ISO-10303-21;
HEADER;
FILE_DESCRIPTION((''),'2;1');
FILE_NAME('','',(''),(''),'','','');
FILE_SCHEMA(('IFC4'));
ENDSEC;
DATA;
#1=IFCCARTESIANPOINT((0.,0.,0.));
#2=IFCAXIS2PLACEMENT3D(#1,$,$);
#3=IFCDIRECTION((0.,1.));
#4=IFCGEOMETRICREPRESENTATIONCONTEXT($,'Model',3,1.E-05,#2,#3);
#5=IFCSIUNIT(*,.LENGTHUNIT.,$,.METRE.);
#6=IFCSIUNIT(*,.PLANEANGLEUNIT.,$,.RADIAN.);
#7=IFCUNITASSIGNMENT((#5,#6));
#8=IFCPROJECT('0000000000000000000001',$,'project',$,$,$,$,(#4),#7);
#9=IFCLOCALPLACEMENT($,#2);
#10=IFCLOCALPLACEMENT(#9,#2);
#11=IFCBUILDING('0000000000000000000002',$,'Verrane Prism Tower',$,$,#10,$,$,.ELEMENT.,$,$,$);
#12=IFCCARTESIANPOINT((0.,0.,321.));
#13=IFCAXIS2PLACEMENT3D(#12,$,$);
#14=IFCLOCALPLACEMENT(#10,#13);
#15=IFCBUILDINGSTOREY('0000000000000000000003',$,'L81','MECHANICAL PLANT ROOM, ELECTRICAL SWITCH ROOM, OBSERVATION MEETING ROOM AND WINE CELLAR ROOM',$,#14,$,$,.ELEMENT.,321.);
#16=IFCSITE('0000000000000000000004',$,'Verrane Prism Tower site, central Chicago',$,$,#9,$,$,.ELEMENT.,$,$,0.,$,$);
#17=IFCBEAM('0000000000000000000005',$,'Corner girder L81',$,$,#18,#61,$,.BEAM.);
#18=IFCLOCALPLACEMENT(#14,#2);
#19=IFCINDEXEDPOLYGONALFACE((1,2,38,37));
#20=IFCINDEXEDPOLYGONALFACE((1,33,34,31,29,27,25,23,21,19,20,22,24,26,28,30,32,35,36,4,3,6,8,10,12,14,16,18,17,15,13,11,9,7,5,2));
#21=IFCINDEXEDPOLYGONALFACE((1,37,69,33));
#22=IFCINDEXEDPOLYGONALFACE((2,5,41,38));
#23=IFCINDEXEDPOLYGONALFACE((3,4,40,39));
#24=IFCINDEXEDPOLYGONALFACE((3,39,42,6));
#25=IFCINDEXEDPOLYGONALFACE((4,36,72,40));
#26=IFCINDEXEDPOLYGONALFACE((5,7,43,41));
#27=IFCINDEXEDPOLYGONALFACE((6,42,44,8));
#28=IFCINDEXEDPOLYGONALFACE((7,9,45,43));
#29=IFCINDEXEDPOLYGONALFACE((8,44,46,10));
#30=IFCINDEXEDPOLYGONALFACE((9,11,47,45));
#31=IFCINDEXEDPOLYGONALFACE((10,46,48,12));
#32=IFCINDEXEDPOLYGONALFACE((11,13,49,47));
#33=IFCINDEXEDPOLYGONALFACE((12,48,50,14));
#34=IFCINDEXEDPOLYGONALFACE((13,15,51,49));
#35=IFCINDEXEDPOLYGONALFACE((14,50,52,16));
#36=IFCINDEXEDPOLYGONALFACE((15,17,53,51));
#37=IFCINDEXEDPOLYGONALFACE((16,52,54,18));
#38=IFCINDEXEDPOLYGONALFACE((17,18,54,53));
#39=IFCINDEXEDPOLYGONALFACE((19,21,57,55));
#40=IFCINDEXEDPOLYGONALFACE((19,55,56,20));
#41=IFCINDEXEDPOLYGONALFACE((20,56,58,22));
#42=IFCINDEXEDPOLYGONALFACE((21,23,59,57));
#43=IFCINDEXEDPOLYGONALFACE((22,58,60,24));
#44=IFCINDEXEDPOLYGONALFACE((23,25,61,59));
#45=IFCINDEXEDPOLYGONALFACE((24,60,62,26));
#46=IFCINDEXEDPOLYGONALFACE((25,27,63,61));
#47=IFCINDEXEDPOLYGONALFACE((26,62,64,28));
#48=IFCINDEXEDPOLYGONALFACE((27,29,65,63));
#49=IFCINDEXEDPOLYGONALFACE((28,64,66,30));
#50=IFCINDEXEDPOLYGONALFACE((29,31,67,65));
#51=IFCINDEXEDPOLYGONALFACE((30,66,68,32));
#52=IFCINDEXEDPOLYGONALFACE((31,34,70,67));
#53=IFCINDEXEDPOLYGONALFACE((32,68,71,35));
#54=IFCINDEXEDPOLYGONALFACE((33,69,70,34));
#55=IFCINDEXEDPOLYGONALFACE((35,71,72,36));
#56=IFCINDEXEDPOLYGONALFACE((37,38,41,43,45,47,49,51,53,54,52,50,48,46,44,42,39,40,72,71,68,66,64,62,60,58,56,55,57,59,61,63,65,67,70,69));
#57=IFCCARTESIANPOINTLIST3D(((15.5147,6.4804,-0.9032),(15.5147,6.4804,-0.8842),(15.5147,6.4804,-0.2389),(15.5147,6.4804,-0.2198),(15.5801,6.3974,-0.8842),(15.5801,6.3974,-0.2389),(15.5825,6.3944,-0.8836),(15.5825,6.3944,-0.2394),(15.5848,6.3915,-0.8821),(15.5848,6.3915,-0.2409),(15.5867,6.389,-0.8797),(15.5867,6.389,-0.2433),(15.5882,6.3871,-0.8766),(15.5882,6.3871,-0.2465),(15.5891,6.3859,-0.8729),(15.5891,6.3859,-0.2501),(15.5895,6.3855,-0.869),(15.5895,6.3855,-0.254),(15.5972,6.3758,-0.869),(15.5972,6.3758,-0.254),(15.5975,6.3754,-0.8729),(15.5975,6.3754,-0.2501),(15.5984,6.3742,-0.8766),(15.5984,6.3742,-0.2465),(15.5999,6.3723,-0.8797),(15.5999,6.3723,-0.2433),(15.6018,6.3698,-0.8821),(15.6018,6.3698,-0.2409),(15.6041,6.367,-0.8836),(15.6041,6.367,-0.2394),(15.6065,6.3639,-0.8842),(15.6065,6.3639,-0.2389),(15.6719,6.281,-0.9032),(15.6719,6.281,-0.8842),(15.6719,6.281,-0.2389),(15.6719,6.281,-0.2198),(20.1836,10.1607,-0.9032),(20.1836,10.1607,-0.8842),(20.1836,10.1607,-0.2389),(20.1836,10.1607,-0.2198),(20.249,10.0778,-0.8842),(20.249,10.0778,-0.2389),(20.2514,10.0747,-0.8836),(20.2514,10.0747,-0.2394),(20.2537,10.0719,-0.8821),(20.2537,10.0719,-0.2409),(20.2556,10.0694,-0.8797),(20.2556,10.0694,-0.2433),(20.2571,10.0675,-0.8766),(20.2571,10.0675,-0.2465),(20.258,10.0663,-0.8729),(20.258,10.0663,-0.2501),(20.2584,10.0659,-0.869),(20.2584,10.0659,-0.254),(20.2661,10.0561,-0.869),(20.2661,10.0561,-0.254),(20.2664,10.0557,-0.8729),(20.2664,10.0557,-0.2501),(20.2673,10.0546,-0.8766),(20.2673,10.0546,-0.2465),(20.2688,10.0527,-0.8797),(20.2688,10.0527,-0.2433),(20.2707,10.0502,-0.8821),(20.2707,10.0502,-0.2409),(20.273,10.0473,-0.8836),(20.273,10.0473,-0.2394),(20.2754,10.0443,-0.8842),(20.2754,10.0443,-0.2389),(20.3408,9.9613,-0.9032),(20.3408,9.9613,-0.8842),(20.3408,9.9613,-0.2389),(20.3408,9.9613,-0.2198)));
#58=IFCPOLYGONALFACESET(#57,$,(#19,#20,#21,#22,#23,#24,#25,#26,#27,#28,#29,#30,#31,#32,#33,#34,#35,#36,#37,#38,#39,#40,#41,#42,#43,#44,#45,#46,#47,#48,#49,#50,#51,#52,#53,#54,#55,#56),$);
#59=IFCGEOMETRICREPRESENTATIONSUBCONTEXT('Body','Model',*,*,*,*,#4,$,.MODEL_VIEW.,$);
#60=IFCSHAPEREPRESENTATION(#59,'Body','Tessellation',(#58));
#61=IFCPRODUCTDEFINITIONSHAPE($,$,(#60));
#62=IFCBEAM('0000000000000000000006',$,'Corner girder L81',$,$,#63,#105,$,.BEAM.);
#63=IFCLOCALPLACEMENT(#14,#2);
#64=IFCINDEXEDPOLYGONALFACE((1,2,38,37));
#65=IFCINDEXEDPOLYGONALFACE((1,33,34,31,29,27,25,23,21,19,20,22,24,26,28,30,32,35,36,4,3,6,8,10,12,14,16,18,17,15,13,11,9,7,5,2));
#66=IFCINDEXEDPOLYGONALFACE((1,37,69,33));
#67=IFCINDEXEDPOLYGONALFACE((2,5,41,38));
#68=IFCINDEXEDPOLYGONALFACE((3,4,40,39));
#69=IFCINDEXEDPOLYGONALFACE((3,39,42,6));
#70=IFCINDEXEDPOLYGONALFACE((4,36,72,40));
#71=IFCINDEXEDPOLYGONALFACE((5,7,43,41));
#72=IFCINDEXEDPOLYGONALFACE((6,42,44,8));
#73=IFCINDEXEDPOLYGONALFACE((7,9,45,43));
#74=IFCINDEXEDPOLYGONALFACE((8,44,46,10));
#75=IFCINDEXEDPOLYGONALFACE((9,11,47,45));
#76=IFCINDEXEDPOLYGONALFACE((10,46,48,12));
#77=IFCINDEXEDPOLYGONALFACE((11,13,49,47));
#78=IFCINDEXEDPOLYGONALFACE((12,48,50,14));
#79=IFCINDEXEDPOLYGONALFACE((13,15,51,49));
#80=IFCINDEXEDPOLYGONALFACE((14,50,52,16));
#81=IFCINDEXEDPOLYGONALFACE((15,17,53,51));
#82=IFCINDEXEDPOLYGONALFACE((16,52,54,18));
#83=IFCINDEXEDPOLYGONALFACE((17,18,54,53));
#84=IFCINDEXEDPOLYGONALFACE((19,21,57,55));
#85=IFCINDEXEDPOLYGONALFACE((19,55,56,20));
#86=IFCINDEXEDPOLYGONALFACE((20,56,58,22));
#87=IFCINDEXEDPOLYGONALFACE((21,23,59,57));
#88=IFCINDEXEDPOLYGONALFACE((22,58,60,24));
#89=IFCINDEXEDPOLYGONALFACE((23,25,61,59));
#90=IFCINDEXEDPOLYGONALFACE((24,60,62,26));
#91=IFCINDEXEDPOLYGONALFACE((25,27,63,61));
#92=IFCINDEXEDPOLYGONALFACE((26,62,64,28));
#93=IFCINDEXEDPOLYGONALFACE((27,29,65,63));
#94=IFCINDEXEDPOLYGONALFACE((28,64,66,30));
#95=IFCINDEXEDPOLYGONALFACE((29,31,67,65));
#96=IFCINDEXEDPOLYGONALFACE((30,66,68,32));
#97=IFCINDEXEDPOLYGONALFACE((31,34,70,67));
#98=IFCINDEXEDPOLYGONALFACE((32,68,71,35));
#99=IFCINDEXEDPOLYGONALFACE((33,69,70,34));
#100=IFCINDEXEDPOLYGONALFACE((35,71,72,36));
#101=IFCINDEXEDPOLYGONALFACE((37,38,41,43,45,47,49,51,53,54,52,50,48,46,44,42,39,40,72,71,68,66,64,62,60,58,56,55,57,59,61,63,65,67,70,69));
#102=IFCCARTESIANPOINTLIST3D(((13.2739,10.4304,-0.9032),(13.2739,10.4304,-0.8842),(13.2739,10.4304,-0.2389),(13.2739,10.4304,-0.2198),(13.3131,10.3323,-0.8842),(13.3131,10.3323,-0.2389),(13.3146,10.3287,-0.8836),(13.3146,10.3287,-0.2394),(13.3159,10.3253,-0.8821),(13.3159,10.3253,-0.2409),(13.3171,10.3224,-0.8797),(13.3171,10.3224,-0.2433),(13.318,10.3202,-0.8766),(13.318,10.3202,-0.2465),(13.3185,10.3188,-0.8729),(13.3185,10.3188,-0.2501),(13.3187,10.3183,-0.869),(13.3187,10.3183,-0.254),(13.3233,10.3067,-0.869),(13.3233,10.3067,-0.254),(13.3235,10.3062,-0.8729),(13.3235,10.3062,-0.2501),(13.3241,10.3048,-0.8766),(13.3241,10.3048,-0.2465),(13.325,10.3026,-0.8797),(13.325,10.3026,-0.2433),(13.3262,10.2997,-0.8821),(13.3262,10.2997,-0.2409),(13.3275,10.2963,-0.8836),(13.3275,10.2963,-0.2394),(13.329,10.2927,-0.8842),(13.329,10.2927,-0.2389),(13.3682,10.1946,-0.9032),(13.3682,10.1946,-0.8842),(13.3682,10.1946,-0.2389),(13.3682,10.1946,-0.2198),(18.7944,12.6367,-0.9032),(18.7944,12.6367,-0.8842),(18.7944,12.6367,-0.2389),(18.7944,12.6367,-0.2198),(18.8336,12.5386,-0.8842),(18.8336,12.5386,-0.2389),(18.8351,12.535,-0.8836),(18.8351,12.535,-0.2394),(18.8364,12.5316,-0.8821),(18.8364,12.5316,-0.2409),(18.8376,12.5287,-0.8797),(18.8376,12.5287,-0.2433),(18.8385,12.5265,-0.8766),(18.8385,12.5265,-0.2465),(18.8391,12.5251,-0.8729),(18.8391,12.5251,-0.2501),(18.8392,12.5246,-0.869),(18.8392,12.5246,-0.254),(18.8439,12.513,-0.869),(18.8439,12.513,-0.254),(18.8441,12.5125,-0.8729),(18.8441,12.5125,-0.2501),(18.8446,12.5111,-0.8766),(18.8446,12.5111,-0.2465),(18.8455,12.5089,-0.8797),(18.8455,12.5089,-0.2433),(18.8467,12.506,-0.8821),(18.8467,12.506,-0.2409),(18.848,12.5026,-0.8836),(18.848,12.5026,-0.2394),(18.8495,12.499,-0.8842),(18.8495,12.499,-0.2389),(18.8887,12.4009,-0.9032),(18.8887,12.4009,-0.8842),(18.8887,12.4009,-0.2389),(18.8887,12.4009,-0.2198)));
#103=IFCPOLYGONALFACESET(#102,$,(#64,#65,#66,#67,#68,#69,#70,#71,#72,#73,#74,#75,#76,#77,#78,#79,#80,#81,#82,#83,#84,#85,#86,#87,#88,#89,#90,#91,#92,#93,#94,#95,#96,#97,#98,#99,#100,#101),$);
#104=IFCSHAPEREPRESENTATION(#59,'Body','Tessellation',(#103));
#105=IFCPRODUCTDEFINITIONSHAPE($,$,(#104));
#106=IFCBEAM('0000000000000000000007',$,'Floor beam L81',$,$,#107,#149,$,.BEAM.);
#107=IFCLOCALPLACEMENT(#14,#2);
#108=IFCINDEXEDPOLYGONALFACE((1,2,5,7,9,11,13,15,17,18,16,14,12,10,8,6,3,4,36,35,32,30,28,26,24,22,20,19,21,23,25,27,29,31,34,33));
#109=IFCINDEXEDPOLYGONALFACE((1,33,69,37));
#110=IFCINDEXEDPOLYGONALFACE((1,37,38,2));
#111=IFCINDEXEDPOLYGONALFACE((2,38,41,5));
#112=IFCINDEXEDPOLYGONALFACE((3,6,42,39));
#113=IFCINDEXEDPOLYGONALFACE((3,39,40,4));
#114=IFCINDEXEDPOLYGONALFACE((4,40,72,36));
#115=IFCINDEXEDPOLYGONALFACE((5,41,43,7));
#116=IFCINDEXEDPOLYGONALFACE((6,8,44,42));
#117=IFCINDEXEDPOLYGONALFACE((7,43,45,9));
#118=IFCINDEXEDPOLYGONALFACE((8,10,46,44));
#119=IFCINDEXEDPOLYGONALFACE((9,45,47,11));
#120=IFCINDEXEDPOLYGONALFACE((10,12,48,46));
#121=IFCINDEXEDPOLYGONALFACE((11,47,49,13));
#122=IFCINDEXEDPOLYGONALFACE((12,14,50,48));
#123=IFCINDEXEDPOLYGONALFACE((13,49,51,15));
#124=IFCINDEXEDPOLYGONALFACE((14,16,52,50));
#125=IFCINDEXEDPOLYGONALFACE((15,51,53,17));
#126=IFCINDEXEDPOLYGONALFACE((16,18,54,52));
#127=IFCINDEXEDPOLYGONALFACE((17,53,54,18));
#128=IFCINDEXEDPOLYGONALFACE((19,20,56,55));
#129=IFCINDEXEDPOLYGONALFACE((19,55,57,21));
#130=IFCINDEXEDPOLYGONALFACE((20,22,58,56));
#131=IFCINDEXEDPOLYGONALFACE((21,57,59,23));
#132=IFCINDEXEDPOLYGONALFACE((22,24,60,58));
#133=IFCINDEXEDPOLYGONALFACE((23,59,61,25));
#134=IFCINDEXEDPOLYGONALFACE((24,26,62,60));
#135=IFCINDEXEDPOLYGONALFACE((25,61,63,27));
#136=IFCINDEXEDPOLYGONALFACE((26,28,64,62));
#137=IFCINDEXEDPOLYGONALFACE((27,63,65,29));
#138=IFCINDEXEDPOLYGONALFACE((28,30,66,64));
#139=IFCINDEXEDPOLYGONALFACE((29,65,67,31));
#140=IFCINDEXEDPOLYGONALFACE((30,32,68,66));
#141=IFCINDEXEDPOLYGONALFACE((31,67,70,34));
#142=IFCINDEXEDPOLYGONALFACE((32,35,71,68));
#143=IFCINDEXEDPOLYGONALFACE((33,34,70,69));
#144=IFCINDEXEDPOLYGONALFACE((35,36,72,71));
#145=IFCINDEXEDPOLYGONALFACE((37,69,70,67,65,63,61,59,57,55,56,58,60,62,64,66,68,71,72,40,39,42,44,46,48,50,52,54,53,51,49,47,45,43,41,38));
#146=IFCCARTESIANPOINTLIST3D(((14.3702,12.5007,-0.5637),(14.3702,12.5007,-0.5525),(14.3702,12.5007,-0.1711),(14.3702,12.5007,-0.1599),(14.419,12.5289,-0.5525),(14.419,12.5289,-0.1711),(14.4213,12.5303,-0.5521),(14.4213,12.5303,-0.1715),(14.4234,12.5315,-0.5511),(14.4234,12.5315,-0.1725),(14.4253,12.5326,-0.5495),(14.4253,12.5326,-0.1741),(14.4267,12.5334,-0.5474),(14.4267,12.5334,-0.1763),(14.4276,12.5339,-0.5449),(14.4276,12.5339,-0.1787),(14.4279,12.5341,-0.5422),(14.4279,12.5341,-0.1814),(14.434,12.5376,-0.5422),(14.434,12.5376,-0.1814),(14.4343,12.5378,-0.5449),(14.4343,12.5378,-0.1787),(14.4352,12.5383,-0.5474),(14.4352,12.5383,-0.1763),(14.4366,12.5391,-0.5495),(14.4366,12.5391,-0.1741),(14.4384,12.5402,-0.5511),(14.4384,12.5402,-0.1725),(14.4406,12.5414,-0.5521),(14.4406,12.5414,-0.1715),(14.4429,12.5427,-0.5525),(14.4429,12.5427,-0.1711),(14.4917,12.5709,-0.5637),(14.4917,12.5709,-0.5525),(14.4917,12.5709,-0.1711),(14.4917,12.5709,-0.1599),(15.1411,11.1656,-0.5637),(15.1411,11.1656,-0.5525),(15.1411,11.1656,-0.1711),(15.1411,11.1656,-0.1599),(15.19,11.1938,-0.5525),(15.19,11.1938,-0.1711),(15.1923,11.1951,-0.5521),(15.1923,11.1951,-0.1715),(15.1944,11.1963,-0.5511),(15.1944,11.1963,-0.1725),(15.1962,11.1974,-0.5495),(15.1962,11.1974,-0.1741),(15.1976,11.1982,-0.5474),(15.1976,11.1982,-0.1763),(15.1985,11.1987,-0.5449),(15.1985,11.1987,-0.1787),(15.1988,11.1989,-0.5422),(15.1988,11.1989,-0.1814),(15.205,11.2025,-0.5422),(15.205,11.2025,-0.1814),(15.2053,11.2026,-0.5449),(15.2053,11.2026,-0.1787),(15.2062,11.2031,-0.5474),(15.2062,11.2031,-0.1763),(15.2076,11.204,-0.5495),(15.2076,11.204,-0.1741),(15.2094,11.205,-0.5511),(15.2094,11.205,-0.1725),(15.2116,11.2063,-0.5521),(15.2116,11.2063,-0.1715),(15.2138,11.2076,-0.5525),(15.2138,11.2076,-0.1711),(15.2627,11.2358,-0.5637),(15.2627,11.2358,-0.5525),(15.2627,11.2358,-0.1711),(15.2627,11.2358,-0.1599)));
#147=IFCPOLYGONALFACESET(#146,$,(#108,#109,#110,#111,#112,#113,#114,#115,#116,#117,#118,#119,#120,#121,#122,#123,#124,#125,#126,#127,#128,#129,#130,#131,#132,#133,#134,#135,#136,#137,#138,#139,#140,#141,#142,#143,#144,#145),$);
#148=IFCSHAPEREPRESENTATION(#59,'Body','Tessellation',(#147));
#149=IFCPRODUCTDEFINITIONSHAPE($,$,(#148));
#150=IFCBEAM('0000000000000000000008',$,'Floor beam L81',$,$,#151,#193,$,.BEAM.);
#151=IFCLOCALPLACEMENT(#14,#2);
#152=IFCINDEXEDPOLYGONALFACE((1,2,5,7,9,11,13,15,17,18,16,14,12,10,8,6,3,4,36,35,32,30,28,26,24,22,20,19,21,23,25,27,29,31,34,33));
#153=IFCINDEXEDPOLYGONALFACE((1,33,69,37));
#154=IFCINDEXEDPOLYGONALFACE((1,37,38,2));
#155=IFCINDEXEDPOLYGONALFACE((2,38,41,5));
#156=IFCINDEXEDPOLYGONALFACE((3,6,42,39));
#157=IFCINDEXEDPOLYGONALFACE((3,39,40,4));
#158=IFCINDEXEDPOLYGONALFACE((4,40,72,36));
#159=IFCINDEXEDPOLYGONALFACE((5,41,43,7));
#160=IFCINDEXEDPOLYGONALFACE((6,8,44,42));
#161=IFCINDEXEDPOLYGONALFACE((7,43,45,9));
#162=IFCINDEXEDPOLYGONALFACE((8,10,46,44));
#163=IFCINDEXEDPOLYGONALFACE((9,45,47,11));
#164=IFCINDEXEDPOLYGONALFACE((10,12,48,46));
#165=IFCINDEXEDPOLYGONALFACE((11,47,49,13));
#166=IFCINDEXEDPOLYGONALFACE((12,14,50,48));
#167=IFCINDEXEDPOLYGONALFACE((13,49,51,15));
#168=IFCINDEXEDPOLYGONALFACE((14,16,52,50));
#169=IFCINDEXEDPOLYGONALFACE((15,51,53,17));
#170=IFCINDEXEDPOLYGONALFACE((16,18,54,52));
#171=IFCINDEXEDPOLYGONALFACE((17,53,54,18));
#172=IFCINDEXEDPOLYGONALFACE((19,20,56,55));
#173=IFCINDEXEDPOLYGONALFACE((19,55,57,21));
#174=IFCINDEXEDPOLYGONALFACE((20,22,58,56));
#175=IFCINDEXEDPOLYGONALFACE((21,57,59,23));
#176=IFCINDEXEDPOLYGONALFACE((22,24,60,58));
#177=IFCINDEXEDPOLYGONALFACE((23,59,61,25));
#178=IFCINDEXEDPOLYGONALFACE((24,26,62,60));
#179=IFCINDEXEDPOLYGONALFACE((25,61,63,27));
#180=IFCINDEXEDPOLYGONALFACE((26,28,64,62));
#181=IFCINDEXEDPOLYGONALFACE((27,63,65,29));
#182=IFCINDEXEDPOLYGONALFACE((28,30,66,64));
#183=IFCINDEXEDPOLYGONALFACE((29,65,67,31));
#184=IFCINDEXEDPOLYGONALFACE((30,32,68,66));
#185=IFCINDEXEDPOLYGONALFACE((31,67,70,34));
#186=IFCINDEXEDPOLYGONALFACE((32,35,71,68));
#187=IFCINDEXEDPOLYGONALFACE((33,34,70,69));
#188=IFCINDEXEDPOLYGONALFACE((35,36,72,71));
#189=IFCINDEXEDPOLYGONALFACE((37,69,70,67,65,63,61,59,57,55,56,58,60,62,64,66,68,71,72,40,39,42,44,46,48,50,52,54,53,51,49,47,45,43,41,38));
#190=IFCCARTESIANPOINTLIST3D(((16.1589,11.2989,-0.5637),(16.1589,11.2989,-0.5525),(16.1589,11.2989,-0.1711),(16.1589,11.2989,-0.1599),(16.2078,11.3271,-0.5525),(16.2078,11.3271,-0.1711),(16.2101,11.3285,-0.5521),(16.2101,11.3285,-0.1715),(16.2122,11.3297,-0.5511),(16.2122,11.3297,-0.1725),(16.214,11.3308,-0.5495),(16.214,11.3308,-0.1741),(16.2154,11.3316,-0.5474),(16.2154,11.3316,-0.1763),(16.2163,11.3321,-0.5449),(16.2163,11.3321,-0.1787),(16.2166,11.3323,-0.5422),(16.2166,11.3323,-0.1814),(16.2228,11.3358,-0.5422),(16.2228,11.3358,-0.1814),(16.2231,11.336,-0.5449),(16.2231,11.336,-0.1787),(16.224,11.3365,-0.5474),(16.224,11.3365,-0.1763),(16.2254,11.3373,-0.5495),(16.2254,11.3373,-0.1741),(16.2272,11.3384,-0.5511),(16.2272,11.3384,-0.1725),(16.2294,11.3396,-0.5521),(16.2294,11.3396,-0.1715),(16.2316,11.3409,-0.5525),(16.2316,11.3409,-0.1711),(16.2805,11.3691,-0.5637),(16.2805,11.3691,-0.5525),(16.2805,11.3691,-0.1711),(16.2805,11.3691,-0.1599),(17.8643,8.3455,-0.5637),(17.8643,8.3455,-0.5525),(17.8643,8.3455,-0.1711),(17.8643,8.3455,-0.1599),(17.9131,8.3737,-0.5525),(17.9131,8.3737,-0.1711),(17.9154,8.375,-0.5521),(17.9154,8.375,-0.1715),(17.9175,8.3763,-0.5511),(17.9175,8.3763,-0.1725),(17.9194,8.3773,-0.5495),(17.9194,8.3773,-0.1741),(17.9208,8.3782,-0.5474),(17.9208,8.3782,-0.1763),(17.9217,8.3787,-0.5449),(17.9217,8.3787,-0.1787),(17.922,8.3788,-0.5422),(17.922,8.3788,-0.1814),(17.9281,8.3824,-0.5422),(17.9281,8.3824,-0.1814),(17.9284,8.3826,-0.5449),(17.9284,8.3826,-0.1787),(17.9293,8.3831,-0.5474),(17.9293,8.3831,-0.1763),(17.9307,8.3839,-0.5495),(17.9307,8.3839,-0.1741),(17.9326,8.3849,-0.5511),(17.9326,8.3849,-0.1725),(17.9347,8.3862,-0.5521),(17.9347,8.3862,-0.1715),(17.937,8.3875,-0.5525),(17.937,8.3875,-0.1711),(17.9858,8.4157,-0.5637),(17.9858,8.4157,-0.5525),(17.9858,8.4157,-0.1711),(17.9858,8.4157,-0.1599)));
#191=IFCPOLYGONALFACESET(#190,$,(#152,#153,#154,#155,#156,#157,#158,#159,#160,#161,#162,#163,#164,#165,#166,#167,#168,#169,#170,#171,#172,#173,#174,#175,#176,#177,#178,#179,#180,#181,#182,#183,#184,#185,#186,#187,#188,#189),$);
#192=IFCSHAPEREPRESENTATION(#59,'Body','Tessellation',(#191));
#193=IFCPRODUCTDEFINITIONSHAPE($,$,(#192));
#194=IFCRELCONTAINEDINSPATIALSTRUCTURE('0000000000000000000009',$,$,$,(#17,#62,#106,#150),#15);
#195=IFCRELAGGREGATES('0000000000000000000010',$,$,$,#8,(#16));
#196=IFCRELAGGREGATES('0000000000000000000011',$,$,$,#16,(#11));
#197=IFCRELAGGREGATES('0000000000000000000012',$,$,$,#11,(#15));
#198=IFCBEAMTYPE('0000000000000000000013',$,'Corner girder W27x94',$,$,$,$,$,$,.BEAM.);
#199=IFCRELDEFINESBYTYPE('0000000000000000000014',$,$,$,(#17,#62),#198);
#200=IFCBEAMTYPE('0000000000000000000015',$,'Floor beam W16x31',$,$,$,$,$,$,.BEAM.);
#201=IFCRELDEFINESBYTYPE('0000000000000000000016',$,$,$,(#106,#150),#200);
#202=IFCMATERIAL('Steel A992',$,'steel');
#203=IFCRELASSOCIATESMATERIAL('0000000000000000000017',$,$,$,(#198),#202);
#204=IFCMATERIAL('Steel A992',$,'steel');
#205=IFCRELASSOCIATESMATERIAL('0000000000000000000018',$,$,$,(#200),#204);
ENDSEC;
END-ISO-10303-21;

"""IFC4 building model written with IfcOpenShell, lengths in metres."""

from ifc_helpers import new_model, si_unit, direction, frame, origin, origin_2d, place, context, subcontext, project, spatial, i_section, extrude, material, material_profile, profile_set, type_object, element, save


model = new_model("IFC4")

# Units and contexts
model_context = context("Model", 3, precision=1e-05, world=origin(), true_north=direction((0.0, 1.0)))
body_context = subcontext(model_context, "Body", "Model", "MODEL_VIEW")
ifc_project = project(units=[si_unit("LENGTHUNIT", "METRE"), si_unit("PLANEANGLEUNIT", "RADIAN")], contexts=[model_context])

# Site, building, storey
site_placement = place(None, origin())
site = spatial("IfcSite", under=ifc_project, at=site_placement, Name="Verrane Prism Tower site, central Chicago", CompositionType="ELEMENT", RefElevation=0.0)
building_placement = place(site_placement, origin())
building = spatial("IfcBuilding", under=site, at=building_placement, Name="Verrane Prism Tower", CompositionType="ELEMENT")
storey_placement = place(building_placement, frame((0.0, 0.0, 321.0)))
storey = spatial("IfcBuildingStorey", under=building, at=storey_placement, Name="L81", Description="MECHANICAL PLANT ROOM, ELECTRICAL SWITCH ROOM, OBSERVATION MEETING ROOM AND WINE CELLAR ROOM", CompositionType="ELEMENT", Elevation=321.0)

# Beams
ifc_material_1 = material(Name="Steel A992", Category="steel")
ifc_material_profile_1 = material_profile(ifc_material_1, i_section(OverallWidth=0.2539, OverallDepth=0.6833, WebThickness=0.0125, FlangeThickness=0.019, FilletRadius=0.0151, at=origin_2d()), Name="W27x94")
ifc_profile_set_1 = profile_set([ifc_material_profile_1], Name="Steel A992")
beam_type_1 = type_object("IfcBeamType", Name="Corner girder W27x94", PredefinedType="BEAM", material=ifc_profile_set_1)
for number, where, z_axis, x_axis, name in (
    (1, (20.2622, 10.061, -0.5615), (-0.78534, -0.619065, 0.0), (0.619065, -0.78534, 0.0), "Corner girder L81"),
    (2, (18.8416, 12.5188, -0.5615), (-0.928587, -0.371115, 0.0), (0.371115, -0.928587, 0.0), "Corner girder L81"),
):
    element("IfcBeam", number, at=place(storey_placement, frame(where, z_axis=z_axis, x_axis=x_axis)), inside=storey, type_object=beam_type_1, Name=name, PredefinedType="BEAM", context=body_context, shape_type="SweptSolid", body=[
        extrude(i_section(OverallWidth=0.2539, OverallDepth=0.6833, WebThickness=0.0125, FlangeThickness=0.019, FilletRadius=0.0151, at=origin_2d()), origin(), (0.0, 0.0, 1.0), 5.9451),
    ])
ifc_material_2 = material(Name="Steel A992", Category="steel")
ifc_material_profile_2 = material_profile(ifc_material_2, i_section(OverallWidth=0.1404, OverallDepth=0.4038, WebThickness=0.0071, FlangeThickness=0.0112, FilletRadius=0.0103, at=origin_2d()), Name="W16x31")
ifc_profile_set_2 = profile_set([ifc_material_profile_2], Name="Steel A992")
beam_type_2 = type_object("IfcBeamType", Name="Floor beam W16x31", PredefinedType="BEAM", material=ifc_profile_set_2)
beam_1_placement = place(storey_placement, frame((15.2019, 11.2007, -0.3618), z_axis=(-0.500056, 0.865993, 0.0), x_axis=(-0.865993, -0.500056, 0.0)))
element("IfcBeam", 3, at=beam_1_placement, inside=storey, type_object=beam_type_2, Name="Floor beam L81", PredefinedType="BEAM", context=body_context, shape_type="SweptSolid", body=[
    extrude(i_section(OverallWidth=0.1404, OverallDepth=0.4038, WebThickness=0.0071, FlangeThickness=0.0112, FilletRadius=0.0103, at=origin_2d()), origin(), (0.0, 0.0, 1.0), 1.5417),
])
beam_2_placement = place(storey_placement, frame((17.925, 8.3806, -0.3618), z_axis=(-0.500043, 0.866001, 0.0), x_axis=(-0.866001, -0.500043, 0.0)))
element("IfcBeam", 4, at=beam_2_placement, inside=storey, type_object=beam_type_2, Name="Floor beam L81", PredefinedType="BEAM", context=body_context, shape_type="SweptSolid", body=[
    extrude(i_section(OverallWidth=0.1404, OverallDepth=0.4038, WebThickness=0.0071, FlangeThickness=0.0112, FilletRadius=0.0103, at=origin_2d()), origin(), (0.0, 0.0, 1.0), 3.4104),
])

save(model, "model.ifc")
